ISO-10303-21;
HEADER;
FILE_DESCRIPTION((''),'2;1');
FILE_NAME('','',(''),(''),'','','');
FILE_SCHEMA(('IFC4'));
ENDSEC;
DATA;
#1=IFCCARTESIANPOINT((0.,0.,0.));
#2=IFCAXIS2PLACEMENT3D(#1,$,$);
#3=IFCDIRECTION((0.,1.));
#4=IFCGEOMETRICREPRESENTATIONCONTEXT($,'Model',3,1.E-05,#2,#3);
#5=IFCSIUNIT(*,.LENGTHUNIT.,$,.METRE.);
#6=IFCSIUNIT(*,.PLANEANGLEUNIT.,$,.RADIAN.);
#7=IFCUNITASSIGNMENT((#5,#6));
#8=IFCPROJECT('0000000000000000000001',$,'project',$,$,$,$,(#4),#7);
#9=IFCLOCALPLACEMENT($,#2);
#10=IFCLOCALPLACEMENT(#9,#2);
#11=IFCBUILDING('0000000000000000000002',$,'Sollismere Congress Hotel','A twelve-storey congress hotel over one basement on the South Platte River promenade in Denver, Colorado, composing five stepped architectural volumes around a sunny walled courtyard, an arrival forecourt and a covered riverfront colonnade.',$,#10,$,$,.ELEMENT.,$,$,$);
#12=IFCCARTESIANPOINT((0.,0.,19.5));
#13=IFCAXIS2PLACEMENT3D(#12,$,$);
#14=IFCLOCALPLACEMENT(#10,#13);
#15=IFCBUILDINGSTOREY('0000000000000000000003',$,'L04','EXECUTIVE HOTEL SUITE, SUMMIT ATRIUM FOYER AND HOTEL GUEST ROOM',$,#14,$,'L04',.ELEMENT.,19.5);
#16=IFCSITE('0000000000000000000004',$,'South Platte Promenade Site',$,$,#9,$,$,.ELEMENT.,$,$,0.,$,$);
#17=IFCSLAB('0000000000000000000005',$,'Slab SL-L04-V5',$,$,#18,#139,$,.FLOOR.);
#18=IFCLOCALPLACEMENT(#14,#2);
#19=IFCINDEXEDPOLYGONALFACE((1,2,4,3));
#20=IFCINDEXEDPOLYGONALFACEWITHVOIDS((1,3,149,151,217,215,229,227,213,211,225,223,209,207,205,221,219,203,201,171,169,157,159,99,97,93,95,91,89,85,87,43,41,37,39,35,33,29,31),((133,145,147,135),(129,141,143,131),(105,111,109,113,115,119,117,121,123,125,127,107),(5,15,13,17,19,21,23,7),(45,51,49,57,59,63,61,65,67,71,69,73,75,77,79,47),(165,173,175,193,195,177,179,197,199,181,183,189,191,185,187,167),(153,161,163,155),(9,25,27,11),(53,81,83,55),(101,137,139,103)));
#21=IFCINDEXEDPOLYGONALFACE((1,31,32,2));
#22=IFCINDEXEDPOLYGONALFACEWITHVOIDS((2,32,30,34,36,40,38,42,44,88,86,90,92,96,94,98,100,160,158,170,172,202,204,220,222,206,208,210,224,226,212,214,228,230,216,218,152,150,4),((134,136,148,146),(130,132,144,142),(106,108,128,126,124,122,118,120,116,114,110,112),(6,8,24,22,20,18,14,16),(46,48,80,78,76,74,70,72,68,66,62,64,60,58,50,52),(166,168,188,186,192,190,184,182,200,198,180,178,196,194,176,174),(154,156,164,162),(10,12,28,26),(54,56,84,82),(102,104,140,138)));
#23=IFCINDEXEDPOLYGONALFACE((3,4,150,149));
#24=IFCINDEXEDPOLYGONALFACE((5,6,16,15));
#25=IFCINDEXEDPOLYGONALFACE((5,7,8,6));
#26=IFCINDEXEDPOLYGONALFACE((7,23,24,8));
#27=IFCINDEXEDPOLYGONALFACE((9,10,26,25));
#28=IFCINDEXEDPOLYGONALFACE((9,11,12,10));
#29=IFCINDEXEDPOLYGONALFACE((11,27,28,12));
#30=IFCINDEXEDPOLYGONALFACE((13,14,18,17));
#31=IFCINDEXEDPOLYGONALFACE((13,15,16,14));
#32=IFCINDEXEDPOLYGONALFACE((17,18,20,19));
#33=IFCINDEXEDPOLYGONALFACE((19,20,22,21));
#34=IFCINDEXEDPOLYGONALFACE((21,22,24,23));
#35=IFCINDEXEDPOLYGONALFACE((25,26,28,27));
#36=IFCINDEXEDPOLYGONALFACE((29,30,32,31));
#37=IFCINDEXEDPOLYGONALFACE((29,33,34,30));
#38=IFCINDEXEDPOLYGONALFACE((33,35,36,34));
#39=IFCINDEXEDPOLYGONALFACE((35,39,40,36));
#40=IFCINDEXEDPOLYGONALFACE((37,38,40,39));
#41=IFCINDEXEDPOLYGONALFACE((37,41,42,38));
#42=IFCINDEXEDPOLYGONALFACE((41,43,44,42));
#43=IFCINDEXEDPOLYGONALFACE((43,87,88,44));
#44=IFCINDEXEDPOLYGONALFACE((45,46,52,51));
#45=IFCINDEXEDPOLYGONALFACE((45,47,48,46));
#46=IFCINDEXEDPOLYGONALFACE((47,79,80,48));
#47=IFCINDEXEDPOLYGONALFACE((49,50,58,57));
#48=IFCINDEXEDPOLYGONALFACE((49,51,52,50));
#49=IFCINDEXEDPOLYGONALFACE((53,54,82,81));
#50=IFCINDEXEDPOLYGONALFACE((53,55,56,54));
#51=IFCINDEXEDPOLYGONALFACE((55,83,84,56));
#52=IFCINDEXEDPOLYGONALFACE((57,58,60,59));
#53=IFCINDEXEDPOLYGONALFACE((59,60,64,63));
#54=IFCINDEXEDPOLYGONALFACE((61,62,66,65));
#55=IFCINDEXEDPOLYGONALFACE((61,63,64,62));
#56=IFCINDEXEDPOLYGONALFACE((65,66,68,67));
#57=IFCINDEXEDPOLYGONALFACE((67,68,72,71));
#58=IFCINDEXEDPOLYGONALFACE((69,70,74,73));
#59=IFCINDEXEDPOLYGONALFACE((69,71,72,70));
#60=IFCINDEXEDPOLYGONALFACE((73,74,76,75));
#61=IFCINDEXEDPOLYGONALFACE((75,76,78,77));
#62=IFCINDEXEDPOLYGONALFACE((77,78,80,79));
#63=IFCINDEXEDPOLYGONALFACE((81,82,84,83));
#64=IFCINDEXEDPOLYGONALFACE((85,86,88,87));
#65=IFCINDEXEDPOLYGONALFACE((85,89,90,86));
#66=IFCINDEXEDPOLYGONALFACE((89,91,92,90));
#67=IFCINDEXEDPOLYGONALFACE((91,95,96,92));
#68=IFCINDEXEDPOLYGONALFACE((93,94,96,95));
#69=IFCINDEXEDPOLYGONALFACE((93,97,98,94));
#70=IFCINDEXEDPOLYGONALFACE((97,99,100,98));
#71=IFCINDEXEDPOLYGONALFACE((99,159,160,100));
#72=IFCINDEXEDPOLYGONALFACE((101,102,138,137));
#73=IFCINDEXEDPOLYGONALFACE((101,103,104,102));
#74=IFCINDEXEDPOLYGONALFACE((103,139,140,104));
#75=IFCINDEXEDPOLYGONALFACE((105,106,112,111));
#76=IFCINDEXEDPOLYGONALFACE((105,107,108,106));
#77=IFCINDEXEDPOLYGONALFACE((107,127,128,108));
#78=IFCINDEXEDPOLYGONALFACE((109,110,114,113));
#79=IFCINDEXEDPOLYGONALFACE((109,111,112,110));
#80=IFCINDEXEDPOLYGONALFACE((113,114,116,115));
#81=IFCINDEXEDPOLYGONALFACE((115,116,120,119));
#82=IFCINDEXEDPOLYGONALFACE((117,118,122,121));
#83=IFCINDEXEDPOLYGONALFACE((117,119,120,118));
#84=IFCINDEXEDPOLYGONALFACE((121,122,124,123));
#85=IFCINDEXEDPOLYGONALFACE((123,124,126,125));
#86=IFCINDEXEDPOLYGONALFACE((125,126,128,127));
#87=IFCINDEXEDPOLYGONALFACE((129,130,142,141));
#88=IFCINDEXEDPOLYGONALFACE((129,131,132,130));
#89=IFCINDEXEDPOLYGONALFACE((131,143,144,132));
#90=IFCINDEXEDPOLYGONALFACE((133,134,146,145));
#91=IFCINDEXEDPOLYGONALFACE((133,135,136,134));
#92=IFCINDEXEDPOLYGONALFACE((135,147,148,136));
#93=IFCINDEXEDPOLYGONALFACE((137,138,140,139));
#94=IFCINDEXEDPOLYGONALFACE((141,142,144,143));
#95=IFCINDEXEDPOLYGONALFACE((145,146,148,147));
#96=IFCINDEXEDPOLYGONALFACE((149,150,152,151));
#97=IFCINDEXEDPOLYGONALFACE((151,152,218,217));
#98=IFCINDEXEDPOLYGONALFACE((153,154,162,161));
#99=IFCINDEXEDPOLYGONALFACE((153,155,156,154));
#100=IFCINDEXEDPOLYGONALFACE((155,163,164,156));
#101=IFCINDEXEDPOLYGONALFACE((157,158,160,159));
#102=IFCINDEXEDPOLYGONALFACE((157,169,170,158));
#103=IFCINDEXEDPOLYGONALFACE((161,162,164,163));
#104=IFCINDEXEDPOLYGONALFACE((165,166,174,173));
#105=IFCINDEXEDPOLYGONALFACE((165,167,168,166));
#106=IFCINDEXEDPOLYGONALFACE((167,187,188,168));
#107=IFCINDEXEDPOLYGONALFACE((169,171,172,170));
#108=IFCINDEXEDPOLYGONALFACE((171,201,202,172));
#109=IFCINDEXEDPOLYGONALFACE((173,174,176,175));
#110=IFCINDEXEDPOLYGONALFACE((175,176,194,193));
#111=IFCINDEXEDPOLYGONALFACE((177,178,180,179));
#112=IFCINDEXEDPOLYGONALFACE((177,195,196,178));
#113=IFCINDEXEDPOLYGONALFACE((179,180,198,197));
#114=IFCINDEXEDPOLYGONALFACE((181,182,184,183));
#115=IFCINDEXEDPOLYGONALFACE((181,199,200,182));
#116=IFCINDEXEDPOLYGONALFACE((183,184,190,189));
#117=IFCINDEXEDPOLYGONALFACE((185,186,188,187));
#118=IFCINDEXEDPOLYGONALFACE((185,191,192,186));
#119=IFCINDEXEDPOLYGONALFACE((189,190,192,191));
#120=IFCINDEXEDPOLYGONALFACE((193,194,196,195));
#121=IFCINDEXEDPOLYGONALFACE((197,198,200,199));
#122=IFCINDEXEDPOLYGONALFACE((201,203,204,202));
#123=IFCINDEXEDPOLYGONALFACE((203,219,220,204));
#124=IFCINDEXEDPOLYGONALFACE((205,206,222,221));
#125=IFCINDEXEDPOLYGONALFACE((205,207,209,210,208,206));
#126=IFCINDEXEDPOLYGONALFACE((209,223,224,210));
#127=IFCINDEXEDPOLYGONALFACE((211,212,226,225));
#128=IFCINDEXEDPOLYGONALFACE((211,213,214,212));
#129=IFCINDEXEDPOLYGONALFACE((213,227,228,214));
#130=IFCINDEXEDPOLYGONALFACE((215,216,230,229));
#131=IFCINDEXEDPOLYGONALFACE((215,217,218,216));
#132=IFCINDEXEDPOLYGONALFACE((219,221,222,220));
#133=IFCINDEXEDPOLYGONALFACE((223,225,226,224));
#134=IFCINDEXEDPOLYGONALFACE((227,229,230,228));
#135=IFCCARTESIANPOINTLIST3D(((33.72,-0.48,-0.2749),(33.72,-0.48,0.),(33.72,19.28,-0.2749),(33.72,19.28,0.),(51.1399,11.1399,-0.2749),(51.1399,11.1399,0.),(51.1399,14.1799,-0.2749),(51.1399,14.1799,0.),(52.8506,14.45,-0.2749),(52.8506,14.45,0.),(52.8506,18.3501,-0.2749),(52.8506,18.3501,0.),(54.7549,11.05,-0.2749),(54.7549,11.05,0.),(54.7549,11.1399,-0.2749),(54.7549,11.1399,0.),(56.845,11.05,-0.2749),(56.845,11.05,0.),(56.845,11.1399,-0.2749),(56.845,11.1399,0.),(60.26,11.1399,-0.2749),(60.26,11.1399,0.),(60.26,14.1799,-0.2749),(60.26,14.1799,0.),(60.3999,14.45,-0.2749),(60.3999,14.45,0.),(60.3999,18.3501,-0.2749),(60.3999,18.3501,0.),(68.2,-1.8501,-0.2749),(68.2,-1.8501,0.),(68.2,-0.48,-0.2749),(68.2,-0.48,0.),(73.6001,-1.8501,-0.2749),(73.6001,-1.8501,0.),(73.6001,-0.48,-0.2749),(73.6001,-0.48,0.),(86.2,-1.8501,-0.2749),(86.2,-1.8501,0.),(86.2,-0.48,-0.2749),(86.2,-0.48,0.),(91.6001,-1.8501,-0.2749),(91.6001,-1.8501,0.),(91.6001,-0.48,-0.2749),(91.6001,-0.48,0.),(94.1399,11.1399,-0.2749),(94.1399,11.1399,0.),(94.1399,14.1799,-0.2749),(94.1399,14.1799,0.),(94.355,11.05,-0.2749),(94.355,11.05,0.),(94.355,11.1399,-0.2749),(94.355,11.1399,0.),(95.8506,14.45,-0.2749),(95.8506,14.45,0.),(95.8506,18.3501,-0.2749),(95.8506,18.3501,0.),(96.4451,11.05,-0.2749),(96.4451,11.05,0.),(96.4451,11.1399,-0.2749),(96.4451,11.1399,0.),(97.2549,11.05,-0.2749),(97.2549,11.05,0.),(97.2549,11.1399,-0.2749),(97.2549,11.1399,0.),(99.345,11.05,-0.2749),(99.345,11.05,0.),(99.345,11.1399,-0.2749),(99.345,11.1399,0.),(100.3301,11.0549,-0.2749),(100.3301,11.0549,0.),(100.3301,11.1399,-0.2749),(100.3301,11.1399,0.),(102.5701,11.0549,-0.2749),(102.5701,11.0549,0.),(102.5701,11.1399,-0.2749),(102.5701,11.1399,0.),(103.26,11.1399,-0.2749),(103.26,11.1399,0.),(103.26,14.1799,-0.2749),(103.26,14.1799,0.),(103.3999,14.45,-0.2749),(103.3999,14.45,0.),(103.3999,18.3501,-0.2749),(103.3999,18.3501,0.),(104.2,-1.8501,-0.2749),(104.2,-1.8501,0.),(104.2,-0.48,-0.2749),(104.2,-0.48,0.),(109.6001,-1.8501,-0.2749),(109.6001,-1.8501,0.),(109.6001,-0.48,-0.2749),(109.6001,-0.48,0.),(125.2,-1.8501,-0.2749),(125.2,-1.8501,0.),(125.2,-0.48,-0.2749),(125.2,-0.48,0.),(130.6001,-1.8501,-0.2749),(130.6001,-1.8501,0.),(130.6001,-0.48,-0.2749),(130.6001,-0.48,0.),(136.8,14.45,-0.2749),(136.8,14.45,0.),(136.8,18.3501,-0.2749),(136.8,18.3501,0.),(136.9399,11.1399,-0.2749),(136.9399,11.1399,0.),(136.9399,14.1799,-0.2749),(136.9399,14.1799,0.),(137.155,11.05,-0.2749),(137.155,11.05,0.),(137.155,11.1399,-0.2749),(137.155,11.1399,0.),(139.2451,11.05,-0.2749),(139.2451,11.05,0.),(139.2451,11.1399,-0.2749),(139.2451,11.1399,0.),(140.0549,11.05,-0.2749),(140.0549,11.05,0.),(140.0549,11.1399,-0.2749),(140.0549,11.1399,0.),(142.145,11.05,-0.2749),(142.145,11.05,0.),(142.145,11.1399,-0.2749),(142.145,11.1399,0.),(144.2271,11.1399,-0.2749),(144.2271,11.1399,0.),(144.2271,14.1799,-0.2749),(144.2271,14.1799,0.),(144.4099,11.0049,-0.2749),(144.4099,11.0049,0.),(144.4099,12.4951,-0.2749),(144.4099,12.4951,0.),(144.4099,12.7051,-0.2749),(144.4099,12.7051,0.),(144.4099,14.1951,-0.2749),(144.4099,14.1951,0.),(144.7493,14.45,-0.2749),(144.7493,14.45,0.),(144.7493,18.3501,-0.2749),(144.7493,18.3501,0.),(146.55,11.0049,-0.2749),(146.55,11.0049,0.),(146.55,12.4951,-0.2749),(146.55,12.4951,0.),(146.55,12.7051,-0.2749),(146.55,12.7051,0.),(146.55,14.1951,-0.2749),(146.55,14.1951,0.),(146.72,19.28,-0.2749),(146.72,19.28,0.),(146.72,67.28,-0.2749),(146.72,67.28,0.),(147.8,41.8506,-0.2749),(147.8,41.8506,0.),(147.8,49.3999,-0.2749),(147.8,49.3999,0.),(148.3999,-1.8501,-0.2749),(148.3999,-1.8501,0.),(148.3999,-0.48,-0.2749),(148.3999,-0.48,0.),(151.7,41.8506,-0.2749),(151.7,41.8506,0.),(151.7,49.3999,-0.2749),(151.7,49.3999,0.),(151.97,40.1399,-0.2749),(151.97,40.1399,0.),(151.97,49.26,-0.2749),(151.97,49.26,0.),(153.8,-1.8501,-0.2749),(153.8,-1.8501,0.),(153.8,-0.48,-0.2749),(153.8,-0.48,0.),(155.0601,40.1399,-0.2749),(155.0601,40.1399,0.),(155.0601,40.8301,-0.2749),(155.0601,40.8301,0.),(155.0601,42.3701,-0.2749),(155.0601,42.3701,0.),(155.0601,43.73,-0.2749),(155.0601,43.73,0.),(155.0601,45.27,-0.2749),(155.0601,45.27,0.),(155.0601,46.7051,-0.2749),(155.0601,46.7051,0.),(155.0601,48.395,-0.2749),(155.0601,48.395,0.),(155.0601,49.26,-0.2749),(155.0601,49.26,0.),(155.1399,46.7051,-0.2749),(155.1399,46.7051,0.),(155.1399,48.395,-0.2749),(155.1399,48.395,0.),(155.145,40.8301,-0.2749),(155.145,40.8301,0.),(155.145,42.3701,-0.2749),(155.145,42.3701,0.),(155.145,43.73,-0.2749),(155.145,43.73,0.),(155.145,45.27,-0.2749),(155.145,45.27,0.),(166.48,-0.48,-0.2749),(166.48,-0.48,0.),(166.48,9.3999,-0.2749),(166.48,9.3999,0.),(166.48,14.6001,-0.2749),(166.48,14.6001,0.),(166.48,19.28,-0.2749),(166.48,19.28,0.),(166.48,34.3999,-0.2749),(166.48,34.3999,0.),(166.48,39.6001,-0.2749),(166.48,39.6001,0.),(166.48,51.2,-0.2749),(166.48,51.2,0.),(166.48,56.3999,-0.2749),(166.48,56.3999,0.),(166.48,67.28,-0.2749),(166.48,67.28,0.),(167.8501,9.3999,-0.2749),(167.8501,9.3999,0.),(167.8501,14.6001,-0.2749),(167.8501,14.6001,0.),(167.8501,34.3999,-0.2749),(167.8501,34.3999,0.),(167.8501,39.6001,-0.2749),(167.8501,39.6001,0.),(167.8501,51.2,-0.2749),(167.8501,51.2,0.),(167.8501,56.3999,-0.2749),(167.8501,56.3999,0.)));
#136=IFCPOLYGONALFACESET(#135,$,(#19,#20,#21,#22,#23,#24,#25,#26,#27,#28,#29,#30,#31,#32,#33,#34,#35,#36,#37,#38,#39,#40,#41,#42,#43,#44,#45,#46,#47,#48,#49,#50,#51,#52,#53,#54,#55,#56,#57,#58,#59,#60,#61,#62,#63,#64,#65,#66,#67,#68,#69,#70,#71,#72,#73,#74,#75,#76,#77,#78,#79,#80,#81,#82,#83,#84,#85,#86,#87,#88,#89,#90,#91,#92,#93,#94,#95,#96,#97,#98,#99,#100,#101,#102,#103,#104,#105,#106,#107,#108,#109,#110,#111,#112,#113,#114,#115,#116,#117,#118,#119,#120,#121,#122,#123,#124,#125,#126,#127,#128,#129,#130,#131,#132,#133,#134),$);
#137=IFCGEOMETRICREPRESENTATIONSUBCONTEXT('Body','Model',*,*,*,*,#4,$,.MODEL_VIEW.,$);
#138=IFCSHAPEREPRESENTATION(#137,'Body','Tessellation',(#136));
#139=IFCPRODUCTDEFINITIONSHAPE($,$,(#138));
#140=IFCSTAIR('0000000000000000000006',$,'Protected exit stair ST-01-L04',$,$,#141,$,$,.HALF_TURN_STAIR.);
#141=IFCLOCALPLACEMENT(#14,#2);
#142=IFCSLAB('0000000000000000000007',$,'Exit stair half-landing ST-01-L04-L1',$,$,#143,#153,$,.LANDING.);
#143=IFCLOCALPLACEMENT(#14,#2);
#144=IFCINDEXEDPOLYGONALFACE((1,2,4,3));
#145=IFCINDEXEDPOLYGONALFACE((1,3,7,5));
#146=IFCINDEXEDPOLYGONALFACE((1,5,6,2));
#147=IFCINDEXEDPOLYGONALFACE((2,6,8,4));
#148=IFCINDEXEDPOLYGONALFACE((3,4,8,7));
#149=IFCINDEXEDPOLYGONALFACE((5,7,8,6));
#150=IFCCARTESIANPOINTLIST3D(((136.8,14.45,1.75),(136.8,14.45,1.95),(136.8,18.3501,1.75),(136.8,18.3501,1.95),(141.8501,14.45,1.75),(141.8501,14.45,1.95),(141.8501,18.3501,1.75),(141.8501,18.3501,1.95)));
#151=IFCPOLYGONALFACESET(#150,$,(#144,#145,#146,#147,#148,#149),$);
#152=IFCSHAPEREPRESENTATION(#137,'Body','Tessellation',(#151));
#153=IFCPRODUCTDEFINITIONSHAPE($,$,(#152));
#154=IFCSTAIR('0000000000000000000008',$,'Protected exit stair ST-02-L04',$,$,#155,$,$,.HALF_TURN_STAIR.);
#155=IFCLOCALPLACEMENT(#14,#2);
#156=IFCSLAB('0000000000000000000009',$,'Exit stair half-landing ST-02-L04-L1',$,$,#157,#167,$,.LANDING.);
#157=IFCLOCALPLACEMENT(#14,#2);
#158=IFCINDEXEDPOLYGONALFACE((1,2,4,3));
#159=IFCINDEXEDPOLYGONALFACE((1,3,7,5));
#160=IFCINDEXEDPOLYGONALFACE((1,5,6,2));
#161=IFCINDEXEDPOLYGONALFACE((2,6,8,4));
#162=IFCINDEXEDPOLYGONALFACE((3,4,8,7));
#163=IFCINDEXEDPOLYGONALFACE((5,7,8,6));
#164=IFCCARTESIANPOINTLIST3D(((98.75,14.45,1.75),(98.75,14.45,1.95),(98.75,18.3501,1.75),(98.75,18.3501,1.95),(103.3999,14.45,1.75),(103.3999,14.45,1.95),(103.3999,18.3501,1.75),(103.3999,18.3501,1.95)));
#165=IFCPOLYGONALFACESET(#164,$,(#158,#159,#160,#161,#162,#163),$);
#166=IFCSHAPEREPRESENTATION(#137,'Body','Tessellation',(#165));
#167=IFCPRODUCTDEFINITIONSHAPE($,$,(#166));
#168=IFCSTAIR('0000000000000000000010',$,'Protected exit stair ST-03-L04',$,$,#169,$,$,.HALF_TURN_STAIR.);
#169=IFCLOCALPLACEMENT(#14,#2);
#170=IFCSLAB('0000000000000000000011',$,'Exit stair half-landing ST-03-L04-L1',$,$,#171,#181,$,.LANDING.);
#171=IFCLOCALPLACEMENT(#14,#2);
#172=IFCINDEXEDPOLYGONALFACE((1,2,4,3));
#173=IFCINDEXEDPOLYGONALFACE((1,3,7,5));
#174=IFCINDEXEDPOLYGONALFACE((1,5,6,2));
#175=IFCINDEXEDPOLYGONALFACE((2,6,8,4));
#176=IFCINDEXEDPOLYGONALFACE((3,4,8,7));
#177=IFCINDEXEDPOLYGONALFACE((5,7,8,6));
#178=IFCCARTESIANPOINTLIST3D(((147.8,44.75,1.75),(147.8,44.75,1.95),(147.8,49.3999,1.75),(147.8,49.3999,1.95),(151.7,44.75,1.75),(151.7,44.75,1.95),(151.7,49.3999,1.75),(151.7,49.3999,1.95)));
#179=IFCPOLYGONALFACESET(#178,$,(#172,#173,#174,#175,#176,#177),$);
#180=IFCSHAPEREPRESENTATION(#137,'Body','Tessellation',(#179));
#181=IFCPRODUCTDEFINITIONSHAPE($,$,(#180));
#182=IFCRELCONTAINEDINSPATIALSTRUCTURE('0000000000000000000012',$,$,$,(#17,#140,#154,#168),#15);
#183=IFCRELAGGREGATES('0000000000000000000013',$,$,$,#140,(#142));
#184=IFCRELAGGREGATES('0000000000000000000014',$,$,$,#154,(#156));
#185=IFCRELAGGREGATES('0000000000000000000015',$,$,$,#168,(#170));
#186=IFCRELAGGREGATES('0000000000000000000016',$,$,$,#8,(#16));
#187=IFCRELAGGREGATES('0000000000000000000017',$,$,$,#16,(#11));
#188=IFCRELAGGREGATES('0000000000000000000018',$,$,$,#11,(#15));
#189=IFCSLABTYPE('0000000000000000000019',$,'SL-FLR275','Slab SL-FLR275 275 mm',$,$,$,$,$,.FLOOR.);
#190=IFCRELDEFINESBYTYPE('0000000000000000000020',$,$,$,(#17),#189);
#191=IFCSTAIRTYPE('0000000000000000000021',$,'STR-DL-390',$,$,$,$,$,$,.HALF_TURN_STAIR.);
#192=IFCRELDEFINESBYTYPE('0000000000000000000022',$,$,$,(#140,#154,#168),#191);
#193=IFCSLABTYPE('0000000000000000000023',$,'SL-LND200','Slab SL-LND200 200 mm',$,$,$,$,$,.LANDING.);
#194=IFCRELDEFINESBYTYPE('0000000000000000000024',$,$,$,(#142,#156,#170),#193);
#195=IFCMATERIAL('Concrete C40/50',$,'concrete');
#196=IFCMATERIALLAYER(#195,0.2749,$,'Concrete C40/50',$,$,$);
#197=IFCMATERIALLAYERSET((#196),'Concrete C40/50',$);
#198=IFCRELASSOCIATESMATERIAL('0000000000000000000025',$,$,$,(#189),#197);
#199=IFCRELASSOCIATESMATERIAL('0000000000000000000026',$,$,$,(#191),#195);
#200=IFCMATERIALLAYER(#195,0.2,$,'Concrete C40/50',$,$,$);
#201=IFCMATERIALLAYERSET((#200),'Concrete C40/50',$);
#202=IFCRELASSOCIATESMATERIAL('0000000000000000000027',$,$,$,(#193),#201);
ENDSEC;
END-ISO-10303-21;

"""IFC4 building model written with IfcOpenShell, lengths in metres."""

from ifc_helpers import new_model, si_unit, direction, frame, origin, place, context, subcontext, project, spatial, polyline, outline, extrude, material, layer, layer_set, type_object, element, aggregate, save


model = new_model("IFC4")

# Units and contexts
model_context = context("Model", 3, precision=1e-05, world=origin(), true_north=direction((0.0, 1.0)))
body_context = subcontext(model_context, "Body", "Model", "MODEL_VIEW")
ifc_project = project(units=[si_unit("LENGTHUNIT", "METRE"), si_unit("PLANEANGLEUNIT", "RADIAN")], contexts=[model_context])

# Site, building, storey
site_placement = place(None, origin())
site = spatial("IfcSite", under=ifc_project, at=site_placement, Name="South Platte Promenade Site", CompositionType="ELEMENT", RefElevation=0.0)
building_placement = place(site_placement, origin())
building = spatial("IfcBuilding", under=site, at=building_placement, Name="Sollismere Congress Hotel", Description="A twelve-storey congress hotel over one basement on the South Platte River promenade in Denver, Colorado, composing five stepped architectural volumes around a sunny walled courtyard, an arrival forecourt and a covered riverfront colonnade.", CompositionType="ELEMENT")
storey_placement = place(building_placement, frame((0.0, 0.0, 19.5)))
storey = spatial("IfcBuildingStorey", under=building, at=storey_placement, Name="L04", Description="EXECUTIVE HOTEL SUITE, SUMMIT ATRIUM FOYER AND HOTEL GUEST ROOM", LongName="L04", CompositionType="ELEMENT", Elevation=19.5)

# Slab
ifc_material_1 = material(Name="Concrete C40/50", Category="concrete")
ifc_layer_1 = layer(ifc_material_1, 0.2749, Name="Concrete C40/50")
ifc_layer_set_1 = layer_set([ifc_layer_1], Name="Concrete C40/50")
slab_type_1 = type_object("IfcSlabType", Name="SL-FLR275", Description="Slab SL-FLR275 275 mm", PredefinedType="FLOOR", material=ifc_layer_set_1)
slab_1_placement = place(storey_placement, frame((0.0, 0.0, -0.2749)))
element("IfcSlab", 1, at=slab_1_placement, inside=storey, type_object=slab_type_1, Name="Slab SL-L04-V5", PredefinedType="FLOOR", context=body_context, shape_type="SweptSolid", body=[
    extrude(outline(polyline([(73.6001, -1.8501), (73.6001, -0.48), (86.2, -0.48), (86.2, -1.8501), (91.6001, -1.8501), (91.6001, -0.48), (104.2, -0.48), (104.2, -1.8501), (109.6001, -1.8501), (109.6001, -0.48), (125.2, -0.48), (125.2, -1.8501), (130.6001, -1.8501), (130.6001, -0.48), (148.3999, -0.48), (148.3999, -1.8501), (153.8, -1.8501), (153.8, -0.48), (166.48, -0.48), (166.48, 9.3999), (167.8501, 9.3999), (167.8501, 14.6001), (166.48, 14.6001), (166.48, 19.28), (166.48, 34.3999), (167.8501, 34.3999), (167.8501, 39.6001), (166.48, 39.6001), (166.48, 51.2), (167.8501, 51.2), (167.8501, 56.3999), (166.48, 56.3999), (166.48, 67.28), (146.72, 67.28), (146.72, 19.28), (33.72, 19.28), (33.72, -0.48), (68.2, -0.48), (68.2, -1.8501), (73.6001, -1.8501)]), holes=[polyline([(54.7549, 11.05), (54.7549, 11.1399), (51.1399, 11.1399), (51.1399, 14.1799), (60.26, 14.1799), (60.26, 11.1399), (56.845, 11.1399), (56.845, 11.05), (54.7549, 11.05)]), polyline([(94.355, 11.05), (94.355, 11.1399), (94.1399, 11.1399), (94.1399, 14.1799), (103.26, 14.1799), (103.26, 11.1399), (102.5701, 11.1399), (102.5701, 11.0549), (100.3301, 11.0549), (100.3301, 11.1399), (99.345, 11.1399), (99.345, 11.05), (97.2549, 11.05), (97.2549, 11.1399), (96.4451, 11.1399), (96.4451, 11.05), (94.355, 11.05)]), polyline([(137.155, 11.05), (137.155, 11.1399), (136.9399, 11.1399), (136.9399, 14.1799), (144.2271, 14.1799), (144.2271, 11.1399), (142.145, 11.1399), (142.145, 11.05), (140.0549, 11.05), (140.0549, 11.1399), (139.2451, 11.1399), (139.2451, 11.05), (137.155, 11.05)]), polyline([(52.8506, 18.3501), (60.3999, 18.3501), (60.3999, 14.45), (52.8506, 14.45), (52.8506, 18.3501)]), polyline([(95.8506, 14.45), (95.8506, 18.3501), (103.3999, 18.3501), (103.3999, 14.45), (95.8506, 14.45)]), polyline([(146.55, 11.0049), (144.4099, 11.0049), (144.4099, 12.4951), (146.55, 12.4951), (146.55, 11.0049)]), polyline([(144.4099, 12.7051), (144.4099, 14.1951), (146.55, 14.1951), (146.55, 12.7051), (144.4099, 12.7051)]), polyline([(144.7493, 14.45), (136.8, 14.45), (136.8, 18.3501), (144.7493, 18.3501), (144.7493, 14.45)]), polyline([(155.0601, 40.8301), (155.0601, 40.1399), (151.97, 40.1399), (151.97, 49.26), (155.0601, 49.26), (155.0601, 48.395), (155.1399, 48.395), (155.1399, 46.7051), (155.0601, 46.7051), (155.0601, 45.27), (155.145, 45.27), (155.145, 43.73), (155.0601, 43.73), (155.0601, 42.3701), (155.145, 42.3701), (155.145, 40.8301), (155.0601, 40.8301)]), polyline([(147.8, 41.8506), (147.8, 49.3999), (151.7, 49.3999), (151.7, 41.8506), (147.8, 41.8506)])]), origin(), (0.0, 0.0, 1.0), 0.2749),
])

# Stairs, slabs
stair_type = type_object("IfcStairType", Name="STR-DL-390", PredefinedType="HALF_TURN_STAIR", material=ifc_material_1)
stair_1_placement = place(storey_placement, origin())
stair_1 = element("IfcStair", 2, at=stair_1_placement, inside=storey, type_object=stair_type, Name="Protected exit stair ST-01-L04", PredefinedType="HALF_TURN_STAIR")
ifc_layer_2 = layer(ifc_material_1, 0.2, Name="Concrete C40/50")
ifc_layer_set_2 = layer_set([ifc_layer_2], Name="Concrete C40/50")
slab_type_2 = type_object("IfcSlabType", Name="SL-LND200", Description="Slab SL-LND200 200 mm", PredefinedType="LANDING", material=ifc_layer_set_2)
slab_2_placement = place(storey_placement, frame((0.0, 0.0, 1.75)))
slab_2 = element("IfcSlab", 3, at=slab_2_placement, type_object=slab_type_2, Name="Exit stair half-landing ST-01-L04-L1", PredefinedType="LANDING", context=body_context, shape_type="SweptSolid", body=[
    extrude(outline(polyline([(141.8501, 18.3501), (136.8, 18.3501), (136.8, 14.45), (141.8501, 14.45), (141.8501, 18.3501)])), origin(), (0.0, 0.0, 1.0), 0.2),
])
aggregate(stair_1, [slab_2])
stair_2_placement = place(storey_placement, origin())
stair_2 = element("IfcStair", 4, at=stair_2_placement, inside=storey, type_object=stair_type, Name="Protected exit stair ST-02-L04", PredefinedType="HALF_TURN_STAIR")
slab_3_placement = place(storey_placement, frame((0.0, 0.0, 1.75)))
slab_3 = element("IfcSlab", 5, at=slab_3_placement, type_object=slab_type_2, Name="Exit stair half-landing ST-02-L04-L1", PredefinedType="LANDING", context=body_context, shape_type="SweptSolid", body=[
    extrude(outline(polyline([(98.75, 14.45), (103.3999, 14.45), (103.3999, 18.3501), (98.75, 18.3501), (98.75, 14.45)])), origin(), (0.0, 0.0, 1.0), 0.2),
])
aggregate(stair_2, [slab_3])
stair_3_placement = place(storey_placement, origin())
stair_3 = element("IfcStair", 6, at=stair_3_placement, inside=storey, type_object=stair_type, Name="Protected exit stair ST-03-L04", PredefinedType="HALF_TURN_STAIR")
slab_4_placement = place(storey_placement, frame((0.0, 0.0, 1.75)))
slab_4 = element("IfcSlab", 7, at=slab_4_placement, type_object=slab_type_2, Name="Exit stair half-landing ST-03-L04-L1", PredefinedType="LANDING", context=body_context, shape_type="SweptSolid", body=[
    extrude(outline(polyline([(151.7, 44.75), (151.7, 49.3999), (147.8, 49.3999), (147.8, 44.75), (151.7, 44.75)])), origin(), (0.0, 0.0, 1.0), 0.2),
])
aggregate(stair_3, [slab_4])

save(model, "model.ifc")
